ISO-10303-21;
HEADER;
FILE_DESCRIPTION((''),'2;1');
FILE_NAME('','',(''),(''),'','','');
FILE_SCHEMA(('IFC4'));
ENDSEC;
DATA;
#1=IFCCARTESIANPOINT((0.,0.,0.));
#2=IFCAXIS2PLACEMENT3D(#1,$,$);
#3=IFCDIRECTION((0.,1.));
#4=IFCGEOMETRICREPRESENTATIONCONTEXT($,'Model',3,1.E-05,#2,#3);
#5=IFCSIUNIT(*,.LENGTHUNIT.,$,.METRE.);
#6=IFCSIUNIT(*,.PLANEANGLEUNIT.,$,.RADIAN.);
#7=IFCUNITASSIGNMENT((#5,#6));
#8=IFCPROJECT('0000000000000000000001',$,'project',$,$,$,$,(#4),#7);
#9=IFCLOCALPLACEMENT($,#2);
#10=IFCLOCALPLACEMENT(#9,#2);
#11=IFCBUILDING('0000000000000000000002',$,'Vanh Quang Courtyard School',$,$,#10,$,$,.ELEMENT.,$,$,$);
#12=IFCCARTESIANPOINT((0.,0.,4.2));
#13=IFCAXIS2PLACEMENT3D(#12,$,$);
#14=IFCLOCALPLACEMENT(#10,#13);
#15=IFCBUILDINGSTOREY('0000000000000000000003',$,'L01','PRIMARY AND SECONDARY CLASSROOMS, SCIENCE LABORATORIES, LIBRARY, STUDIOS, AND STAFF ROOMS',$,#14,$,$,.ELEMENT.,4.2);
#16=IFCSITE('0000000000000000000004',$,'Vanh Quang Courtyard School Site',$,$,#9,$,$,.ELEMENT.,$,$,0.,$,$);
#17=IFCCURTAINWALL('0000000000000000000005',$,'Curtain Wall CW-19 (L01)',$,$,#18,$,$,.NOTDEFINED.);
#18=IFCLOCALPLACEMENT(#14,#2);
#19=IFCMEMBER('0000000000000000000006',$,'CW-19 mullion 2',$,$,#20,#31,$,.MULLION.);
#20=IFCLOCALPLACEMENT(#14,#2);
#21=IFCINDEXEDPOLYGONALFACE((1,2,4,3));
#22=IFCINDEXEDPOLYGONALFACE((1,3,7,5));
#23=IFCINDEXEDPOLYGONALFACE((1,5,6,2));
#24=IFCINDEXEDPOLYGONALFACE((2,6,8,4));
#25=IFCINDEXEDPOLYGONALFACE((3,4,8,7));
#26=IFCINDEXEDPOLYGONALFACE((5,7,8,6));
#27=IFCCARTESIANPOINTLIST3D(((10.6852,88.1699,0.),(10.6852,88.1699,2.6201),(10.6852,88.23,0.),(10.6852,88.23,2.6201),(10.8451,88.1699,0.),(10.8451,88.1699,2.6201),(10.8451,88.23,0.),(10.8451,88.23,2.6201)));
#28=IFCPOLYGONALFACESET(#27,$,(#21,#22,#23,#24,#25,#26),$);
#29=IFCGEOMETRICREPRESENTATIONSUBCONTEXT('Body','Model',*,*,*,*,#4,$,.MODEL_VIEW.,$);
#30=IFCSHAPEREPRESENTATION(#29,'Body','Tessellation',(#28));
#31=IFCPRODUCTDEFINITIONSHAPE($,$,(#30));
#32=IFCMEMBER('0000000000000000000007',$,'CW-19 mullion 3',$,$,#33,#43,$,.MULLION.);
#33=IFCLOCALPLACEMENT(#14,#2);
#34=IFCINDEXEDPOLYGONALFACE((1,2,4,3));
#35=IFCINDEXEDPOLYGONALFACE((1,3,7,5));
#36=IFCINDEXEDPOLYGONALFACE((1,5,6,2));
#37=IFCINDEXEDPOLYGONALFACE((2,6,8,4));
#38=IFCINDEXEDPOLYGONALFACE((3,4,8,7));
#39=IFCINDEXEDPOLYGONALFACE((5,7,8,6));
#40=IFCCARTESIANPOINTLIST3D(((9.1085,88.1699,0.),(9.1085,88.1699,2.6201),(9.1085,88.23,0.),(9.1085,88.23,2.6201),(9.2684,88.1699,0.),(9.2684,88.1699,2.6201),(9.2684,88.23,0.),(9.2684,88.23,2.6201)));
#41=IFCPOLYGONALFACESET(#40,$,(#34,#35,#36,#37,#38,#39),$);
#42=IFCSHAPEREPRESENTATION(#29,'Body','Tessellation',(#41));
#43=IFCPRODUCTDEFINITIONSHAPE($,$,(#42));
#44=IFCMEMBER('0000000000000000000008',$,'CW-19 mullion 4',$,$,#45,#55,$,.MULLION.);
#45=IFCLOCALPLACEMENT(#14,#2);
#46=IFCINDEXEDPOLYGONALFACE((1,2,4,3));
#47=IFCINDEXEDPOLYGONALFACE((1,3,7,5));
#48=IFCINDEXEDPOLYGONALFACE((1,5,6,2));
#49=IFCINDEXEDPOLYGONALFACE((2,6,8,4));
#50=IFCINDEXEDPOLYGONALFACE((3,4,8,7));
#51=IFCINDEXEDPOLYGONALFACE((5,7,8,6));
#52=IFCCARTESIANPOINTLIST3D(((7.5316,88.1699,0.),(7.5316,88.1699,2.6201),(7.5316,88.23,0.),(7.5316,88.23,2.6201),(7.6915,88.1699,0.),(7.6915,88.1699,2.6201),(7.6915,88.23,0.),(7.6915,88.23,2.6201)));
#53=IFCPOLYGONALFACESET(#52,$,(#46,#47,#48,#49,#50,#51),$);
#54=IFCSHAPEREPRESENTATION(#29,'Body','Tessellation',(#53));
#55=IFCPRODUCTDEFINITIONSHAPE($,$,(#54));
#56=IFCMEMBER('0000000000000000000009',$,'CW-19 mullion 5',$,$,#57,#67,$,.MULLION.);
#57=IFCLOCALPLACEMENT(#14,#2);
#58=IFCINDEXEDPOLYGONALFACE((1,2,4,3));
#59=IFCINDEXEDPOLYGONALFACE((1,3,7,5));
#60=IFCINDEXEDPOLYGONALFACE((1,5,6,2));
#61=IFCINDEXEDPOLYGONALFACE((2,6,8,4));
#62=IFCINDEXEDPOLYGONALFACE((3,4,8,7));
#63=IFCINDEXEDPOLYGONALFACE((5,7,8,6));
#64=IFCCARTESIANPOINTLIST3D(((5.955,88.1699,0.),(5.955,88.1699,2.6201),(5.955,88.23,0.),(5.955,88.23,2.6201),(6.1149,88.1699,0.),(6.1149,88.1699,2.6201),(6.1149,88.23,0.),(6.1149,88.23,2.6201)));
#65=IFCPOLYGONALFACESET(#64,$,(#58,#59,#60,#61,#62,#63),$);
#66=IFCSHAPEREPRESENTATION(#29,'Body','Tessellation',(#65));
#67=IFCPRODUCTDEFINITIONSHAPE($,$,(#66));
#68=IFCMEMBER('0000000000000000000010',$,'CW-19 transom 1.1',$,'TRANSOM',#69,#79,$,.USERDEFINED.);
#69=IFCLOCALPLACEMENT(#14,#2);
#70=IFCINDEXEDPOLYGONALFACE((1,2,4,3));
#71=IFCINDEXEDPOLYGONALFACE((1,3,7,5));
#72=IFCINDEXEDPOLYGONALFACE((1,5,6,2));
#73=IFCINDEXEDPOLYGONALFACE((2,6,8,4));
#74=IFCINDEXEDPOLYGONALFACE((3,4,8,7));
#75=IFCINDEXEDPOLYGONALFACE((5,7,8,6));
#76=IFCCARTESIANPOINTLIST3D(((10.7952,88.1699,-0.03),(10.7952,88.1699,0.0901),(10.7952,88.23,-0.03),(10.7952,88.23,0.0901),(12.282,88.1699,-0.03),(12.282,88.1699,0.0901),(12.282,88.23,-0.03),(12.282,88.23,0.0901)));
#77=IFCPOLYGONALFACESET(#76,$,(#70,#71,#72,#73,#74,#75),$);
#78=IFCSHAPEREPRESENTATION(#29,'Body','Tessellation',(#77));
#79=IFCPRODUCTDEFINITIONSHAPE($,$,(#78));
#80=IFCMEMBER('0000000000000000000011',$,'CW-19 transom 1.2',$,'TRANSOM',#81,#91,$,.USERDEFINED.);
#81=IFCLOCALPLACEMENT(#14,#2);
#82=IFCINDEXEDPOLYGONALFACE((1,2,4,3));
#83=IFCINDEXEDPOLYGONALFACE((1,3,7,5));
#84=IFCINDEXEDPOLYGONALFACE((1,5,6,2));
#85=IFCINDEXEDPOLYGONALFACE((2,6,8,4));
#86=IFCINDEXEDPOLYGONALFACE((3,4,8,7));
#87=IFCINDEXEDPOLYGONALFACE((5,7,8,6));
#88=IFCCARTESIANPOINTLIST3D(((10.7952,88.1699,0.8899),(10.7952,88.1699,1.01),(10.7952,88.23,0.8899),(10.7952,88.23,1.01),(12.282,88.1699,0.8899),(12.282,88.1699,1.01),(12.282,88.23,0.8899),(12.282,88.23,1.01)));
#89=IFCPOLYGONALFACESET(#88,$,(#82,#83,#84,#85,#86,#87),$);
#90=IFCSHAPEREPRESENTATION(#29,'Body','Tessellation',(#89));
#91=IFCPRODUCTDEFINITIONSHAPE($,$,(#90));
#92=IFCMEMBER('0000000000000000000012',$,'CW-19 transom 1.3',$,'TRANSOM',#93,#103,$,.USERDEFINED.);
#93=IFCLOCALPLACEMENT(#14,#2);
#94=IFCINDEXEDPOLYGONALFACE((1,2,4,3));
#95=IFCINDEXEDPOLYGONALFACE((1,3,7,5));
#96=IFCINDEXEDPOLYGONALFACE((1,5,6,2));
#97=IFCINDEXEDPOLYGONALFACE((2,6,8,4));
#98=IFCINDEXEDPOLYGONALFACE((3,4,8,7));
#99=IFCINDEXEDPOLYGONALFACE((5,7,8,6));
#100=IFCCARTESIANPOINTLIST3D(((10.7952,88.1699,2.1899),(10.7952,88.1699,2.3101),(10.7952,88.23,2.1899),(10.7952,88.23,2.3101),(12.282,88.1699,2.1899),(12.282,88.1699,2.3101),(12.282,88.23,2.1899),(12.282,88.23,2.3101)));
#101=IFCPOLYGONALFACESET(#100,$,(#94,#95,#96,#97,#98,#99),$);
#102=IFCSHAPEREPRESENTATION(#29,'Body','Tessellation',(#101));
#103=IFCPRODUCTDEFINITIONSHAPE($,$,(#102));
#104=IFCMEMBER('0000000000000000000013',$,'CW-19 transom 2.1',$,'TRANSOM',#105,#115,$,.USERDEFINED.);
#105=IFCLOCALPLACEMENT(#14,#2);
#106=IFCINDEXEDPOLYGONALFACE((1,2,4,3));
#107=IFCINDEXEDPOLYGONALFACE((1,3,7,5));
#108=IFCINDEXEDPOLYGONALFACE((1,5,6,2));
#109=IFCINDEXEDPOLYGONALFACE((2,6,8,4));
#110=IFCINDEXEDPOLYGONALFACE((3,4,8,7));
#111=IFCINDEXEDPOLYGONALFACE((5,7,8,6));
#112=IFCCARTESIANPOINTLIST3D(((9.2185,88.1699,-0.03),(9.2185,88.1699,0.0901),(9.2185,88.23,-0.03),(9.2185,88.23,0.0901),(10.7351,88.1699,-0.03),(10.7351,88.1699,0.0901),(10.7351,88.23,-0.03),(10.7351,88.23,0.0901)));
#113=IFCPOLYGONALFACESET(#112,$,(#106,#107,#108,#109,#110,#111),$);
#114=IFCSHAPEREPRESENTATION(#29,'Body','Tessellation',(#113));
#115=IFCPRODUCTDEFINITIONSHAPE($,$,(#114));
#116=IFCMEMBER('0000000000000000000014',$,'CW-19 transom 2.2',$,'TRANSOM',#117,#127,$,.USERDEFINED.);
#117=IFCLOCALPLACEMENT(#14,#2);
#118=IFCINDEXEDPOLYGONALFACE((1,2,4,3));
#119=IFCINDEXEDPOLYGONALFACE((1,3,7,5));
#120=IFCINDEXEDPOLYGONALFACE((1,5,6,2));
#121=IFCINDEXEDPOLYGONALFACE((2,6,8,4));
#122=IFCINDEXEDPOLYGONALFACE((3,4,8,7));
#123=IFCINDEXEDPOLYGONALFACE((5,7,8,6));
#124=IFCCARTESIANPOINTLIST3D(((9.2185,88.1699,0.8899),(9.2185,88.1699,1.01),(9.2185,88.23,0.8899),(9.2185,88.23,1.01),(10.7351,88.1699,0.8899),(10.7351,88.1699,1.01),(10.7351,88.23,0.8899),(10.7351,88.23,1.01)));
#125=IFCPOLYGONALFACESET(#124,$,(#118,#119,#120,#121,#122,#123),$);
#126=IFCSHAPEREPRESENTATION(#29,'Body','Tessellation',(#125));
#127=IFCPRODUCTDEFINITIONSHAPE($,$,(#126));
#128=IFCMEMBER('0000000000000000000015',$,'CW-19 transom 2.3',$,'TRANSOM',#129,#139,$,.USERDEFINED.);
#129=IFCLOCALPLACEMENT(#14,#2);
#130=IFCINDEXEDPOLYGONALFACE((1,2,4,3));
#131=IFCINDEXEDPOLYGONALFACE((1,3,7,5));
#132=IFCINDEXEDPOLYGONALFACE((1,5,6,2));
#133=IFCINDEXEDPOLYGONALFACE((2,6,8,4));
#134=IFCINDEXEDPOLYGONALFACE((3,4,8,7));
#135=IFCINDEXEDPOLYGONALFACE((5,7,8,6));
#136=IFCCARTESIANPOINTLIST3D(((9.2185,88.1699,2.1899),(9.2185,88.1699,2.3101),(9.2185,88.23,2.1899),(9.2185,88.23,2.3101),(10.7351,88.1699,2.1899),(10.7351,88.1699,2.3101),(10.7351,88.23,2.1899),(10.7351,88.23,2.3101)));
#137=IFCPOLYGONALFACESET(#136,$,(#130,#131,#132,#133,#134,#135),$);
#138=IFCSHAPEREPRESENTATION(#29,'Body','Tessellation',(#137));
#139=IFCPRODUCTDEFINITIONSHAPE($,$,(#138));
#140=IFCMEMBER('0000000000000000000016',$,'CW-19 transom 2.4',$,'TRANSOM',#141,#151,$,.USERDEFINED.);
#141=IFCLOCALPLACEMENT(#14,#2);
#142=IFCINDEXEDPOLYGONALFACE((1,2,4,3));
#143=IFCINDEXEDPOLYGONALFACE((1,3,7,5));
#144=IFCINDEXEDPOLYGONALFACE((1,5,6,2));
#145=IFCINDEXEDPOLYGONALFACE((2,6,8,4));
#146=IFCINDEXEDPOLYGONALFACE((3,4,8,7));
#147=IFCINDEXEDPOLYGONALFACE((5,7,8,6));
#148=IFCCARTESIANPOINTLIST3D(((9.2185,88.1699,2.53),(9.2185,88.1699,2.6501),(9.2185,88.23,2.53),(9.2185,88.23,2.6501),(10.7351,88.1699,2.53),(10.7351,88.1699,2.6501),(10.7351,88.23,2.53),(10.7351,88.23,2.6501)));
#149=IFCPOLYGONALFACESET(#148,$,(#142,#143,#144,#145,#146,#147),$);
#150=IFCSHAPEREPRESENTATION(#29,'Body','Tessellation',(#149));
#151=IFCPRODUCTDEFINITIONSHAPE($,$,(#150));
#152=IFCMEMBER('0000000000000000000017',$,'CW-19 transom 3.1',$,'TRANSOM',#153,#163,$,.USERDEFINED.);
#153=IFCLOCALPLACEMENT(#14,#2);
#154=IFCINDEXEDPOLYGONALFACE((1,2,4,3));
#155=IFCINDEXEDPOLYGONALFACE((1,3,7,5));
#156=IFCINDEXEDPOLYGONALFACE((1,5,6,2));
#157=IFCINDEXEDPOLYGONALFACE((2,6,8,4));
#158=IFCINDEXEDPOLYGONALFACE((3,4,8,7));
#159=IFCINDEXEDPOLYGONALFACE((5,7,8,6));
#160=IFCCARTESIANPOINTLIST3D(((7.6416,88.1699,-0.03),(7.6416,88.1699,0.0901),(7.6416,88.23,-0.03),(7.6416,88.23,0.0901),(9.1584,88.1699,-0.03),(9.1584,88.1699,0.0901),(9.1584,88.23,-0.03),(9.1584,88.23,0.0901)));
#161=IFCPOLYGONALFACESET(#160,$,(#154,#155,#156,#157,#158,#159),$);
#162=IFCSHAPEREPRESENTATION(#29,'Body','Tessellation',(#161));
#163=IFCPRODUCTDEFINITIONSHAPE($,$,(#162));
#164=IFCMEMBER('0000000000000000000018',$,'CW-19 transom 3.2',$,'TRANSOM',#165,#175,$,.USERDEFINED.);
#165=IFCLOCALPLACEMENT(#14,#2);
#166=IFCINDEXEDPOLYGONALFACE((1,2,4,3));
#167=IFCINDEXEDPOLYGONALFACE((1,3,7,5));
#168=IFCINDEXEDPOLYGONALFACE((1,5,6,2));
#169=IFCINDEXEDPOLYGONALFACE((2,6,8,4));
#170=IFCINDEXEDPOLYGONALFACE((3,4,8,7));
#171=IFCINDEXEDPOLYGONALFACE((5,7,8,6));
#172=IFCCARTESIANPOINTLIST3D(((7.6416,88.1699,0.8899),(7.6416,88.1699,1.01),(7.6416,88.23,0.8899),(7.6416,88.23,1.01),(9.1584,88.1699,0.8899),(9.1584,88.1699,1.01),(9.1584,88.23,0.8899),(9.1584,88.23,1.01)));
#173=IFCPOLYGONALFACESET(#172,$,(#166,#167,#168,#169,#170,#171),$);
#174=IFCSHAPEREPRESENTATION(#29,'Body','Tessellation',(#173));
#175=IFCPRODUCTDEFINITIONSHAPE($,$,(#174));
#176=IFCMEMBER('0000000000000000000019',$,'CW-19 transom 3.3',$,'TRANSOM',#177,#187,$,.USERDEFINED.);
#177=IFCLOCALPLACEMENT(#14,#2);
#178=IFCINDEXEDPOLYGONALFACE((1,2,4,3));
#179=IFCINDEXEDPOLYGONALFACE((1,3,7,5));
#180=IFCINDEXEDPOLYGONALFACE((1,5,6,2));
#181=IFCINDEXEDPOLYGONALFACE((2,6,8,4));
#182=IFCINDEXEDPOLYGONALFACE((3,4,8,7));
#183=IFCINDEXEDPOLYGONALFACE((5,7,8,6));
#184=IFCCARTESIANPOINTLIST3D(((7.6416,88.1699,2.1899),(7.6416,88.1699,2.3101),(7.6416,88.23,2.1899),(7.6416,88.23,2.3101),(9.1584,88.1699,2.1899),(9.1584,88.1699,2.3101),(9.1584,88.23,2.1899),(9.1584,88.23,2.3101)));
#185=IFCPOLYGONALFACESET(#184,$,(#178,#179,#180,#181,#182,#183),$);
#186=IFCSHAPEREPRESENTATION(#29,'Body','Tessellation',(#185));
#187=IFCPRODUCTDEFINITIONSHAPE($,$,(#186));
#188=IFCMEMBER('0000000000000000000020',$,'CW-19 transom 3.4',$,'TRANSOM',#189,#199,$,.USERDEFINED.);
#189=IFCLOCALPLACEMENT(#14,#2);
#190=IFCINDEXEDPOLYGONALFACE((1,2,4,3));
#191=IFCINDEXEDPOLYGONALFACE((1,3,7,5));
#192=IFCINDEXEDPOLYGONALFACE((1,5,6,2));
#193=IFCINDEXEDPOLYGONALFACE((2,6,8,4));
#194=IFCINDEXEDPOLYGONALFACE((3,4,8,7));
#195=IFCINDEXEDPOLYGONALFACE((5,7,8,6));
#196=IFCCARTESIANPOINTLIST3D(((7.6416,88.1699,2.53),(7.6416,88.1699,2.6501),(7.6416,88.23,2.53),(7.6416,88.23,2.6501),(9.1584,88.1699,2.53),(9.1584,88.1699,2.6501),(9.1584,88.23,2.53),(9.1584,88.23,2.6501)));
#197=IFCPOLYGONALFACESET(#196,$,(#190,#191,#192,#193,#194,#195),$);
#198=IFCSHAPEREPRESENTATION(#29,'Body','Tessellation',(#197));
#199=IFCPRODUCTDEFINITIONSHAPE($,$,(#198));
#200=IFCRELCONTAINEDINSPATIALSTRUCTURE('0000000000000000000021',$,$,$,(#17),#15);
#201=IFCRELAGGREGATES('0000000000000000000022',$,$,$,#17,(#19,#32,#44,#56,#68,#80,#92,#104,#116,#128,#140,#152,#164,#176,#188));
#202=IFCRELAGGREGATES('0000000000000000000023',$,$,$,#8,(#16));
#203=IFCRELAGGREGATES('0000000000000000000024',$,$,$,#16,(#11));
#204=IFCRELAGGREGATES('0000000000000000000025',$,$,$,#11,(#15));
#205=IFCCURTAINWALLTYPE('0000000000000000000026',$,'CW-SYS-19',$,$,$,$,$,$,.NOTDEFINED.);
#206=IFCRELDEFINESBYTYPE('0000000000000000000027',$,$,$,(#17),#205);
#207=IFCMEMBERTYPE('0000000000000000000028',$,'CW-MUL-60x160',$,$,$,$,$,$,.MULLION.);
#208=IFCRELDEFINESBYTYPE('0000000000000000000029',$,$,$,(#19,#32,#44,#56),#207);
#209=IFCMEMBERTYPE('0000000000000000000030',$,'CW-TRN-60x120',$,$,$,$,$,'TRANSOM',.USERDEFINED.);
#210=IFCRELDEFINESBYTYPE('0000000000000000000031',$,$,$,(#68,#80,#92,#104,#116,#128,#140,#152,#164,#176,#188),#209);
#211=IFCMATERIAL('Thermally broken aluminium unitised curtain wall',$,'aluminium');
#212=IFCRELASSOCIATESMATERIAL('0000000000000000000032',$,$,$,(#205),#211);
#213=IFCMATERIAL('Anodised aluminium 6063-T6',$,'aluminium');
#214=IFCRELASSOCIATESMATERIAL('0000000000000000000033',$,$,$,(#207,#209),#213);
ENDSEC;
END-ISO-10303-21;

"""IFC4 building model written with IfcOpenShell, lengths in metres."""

from ifc_helpers import new_model, si_unit, direction, frame, origin, origin_2d, place, context, subcontext, project, spatial, rectangle, extrude, material, material_profile, profile_set, type_object, element, aggregate, save


model = new_model("IFC4")

# Units and contexts
model_context = context("Model", 3, precision=1e-05, world=origin(), true_north=direction((0.0, 1.0)))
body_context = subcontext(model_context, "Body", "Model", "MODEL_VIEW")
ifc_project = project(units=[si_unit("LENGTHUNIT", "METRE"), si_unit("PLANEANGLEUNIT", "RADIAN")], contexts=[model_context])

# Site, building, storey
site_placement = place(None, origin())
site = spatial("IfcSite", under=ifc_project, at=site_placement, Name="Vanh Quang Courtyard School Site", CompositionType="ELEMENT", RefElevation=0.0)
building_placement = place(site_placement, origin())
building = spatial("IfcBuilding", under=site, at=building_placement, Name="Vanh Quang Courtyard School", CompositionType="ELEMENT")
storey_placement = place(building_placement, frame((0.0, 0.0, 4.2)))
storey = spatial("IfcBuildingStorey", under=building, at=storey_placement, Name="L01", Description="PRIMARY AND SECONDARY CLASSROOMS, SCIENCE LABORATORIES, LIBRARY, STUDIOS, AND STAFF ROOMS", CompositionType="ELEMENT", Elevation=4.2)

# Curtain wall, members
ifc_material_1 = material(Name="Thermally broken aluminium unitised curtain wall", Category="aluminium")
curtain_wall_type = type_object("IfcCurtainWallType", Name="CW-SYS-19", PredefinedType="NOTDEFINED", material=ifc_material_1)
curtain_wall_placement = place(storey_placement, origin())
curtain_wall = element("IfcCurtainWall", 1, at=curtain_wall_placement, inside=storey, type_object=curtain_wall_type, Name="Curtain Wall CW-19 (L01)", PredefinedType="NOTDEFINED")
ifc_material_2 = material(Name="Anodised aluminium 6063-T6", Category="aluminium")
ifc_material_profile_1 = material_profile(ifc_material_2, rectangle(XDim=0.0601, YDim=0.1599, at=origin_2d()), Name="ALU-MUL 60x160")
ifc_profile_set_1 = profile_set([ifc_material_profile_1], Name="Anodised aluminium 6063-T6")
member_type_1 = type_object("IfcMemberType", Name="CW-MUL-60x160", PredefinedType="MULLION", material=ifc_profile_set_1)
member_1_placement = place(storey_placement, frame((10.7651, 88.2, 0.0), z_axis=(0.0, 0.0, 1.0), x_axis=(0.0, -1.0, 0.0)))
member_1 = element("IfcMember", 2, at=member_1_placement, type_object=member_type_1, Name="CW-19 mullion 2", PredefinedType="MULLION", context=body_context, shape_type="SweptSolid", body=[
    extrude(rectangle(XDim=0.0601, YDim=0.1599, at=origin_2d()), origin(), (0.0, 0.0, 1.0), 2.6201),
])
member_2_placement = place(storey_placement, frame((9.1885, 88.2, 0.0), z_axis=(0.0, 0.0, 1.0), x_axis=(0.0, -1.0, 0.0)))
member_2 = element("IfcMember", 3, at=member_2_placement, type_object=member_type_1, Name="CW-19 mullion 3", PredefinedType="MULLION", context=body_context, shape_type="SweptSolid", body=[
    extrude(rectangle(XDim=0.0601, YDim=0.1599, at=origin_2d()), origin(), (0.0, 0.0, 1.0), 2.6201),
])
member_3_placement = place(storey_placement, frame((7.6116, 88.2, 0.0), z_axis=(0.0, 0.0, 1.0), x_axis=(0.0, -1.0, 0.0)))
member_3 = element("IfcMember", 4, at=member_3_placement, type_object=member_type_1, Name="CW-19 mullion 4", PredefinedType="MULLION", context=body_context, shape_type="SweptSolid", body=[
    extrude(rectangle(XDim=0.0601, YDim=0.1599, at=origin_2d()), origin(), (0.0, 0.0, 1.0), 2.6201),
])
member_4_placement = place(storey_placement, frame((6.0349, 88.2, 0.0), z_axis=(0.0, 0.0, 1.0), x_axis=(0.0, -1.0, 0.0)))
member_4 = element("IfcMember", 5, at=member_4_placement, type_object=member_type_1, Name="CW-19 mullion 5", PredefinedType="MULLION", context=body_context, shape_type="SweptSolid", body=[
    extrude(rectangle(XDim=0.0601, YDim=0.1599, at=origin_2d()), origin(), (0.0, 0.0, 1.0), 2.6201),
])
ifc_material_profile_2 = material_profile(ifc_material_2, rectangle(XDim=0.0601, YDim=0.1201, at=origin_2d()), Name="ALU-TRN 60x120")
ifc_profile_set_2 = profile_set([ifc_material_profile_2], Name="Anodised aluminium 6063-T6")
member_type_2 = type_object("IfcMemberType", Name="CW-TRN-60x120", ElementType="TRANSOM", PredefinedType="USERDEFINED", material=ifc_profile_set_2)
member_5_placement = place(storey_placement, frame((12.282, 88.2, 0.03), z_axis=(-1.0, 0.0, 0.0), x_axis=(0.0, -1.0, 0.0)))
member_5 = element("IfcMember", 6, at=member_5_placement, type_object=member_type_2, Name="CW-19 transom 1.1", ObjectType="TRANSOM", PredefinedType="USERDEFINED", context=body_context, shape_type="SweptSolid", body=[
    extrude(rectangle(XDim=0.0601, YDim=0.1201, at=origin_2d()), origin(), (0.0, 0.0, 1.0), 1.4868),
])
member_6_placement = place(storey_placement, frame((12.282, 88.2, 0.95), z_axis=(-1.0, 0.0, 0.0), x_axis=(0.0, -1.0, 0.0)))
member_6 = element("IfcMember", 7, at=member_6_placement, type_object=member_type_2, Name="CW-19 transom 1.2", ObjectType="TRANSOM", PredefinedType="USERDEFINED", context=body_context, shape_type="SweptSolid", body=[
    extrude(rectangle(XDim=0.0601, YDim=0.1201, at=origin_2d()), origin(), (0.0, 0.0, 1.0), 1.4868),
])
member_7_placement = place(storey_placement, frame((12.282, 88.2, 2.25), z_axis=(-1.0, 0.0, 0.0), x_axis=(0.0, -1.0, 0.0)))
member_7 = element("IfcMember", 8, at=member_7_placement, type_object=member_type_2, Name="CW-19 transom 1.3", ObjectType="TRANSOM", PredefinedType="USERDEFINED", context=body_context, shape_type="SweptSolid", body=[
    extrude(rectangle(XDim=0.0601, YDim=0.1201, at=origin_2d()), origin(), (0.0, 0.0, 1.0), 1.4868),
])
member_8_placement = place(storey_placement, frame((10.7351, 88.2, 0.03), z_axis=(-1.0, 0.0, 0.0), x_axis=(0.0, -1.0, 0.0)))
member_8 = element("IfcMember", 9, at=member_8_placement, type_object=member_type_2, Name="CW-19 transom 2.1", ObjectType="TRANSOM", PredefinedType="USERDEFINED", context=body_context, shape_type="SweptSolid", body=[
    extrude(rectangle(XDim=0.0601, YDim=0.1201, at=origin_2d()), origin(), (0.0, 0.0, 1.0), 1.5166),
])
member_9_placement = place(storey_placement, frame((10.7351, 88.2, 0.95), z_axis=(-1.0, 0.0, 0.0), x_axis=(0.0, -1.0, 0.0)))
member_9 = element("IfcMember", 10, at=member_9_placement, type_object=member_type_2, Name="CW-19 transom 2.2", ObjectType="TRANSOM", PredefinedType="USERDEFINED", context=body_context, shape_type="SweptSolid", body=[
    extrude(rectangle(XDim=0.0601, YDim=0.1201, at=origin_2d()), origin(), (0.0, 0.0, 1.0), 1.5166),
])
member_10_placement = place(storey_placement, frame((10.7351, 88.2, 2.25), z_axis=(-1.0, 0.0, 0.0), x_axis=(0.0, -1.0, 0.0)))
member_10 = element("IfcMember", 11, at=member_10_placement, type_object=member_type_2, Name="CW-19 transom 2.3", ObjectType="TRANSOM", PredefinedType="USERDEFINED", context=body_context, shape_type="SweptSolid", body=[
    extrude(rectangle(XDim=0.0601, YDim=0.1201, at=origin_2d()), origin(), (0.0, 0.0, 1.0), 1.5166),
])
member_11_placement = place(storey_placement, frame((10.7351, 88.2, 2.5901), z_axis=(-1.0, 0.0, 0.0), x_axis=(0.0, -1.0, 0.0)))
member_11 = element("IfcMember", 12, at=member_11_placement, type_object=member_type_2, Name="CW-19 transom 2.4", ObjectType="TRANSOM", PredefinedType="USERDEFINED", context=body_context, shape_type="SweptSolid", body=[
    extrude(rectangle(XDim=0.0601, YDim=0.1201, at=origin_2d()), origin(), (0.0, 0.0, 1.0), 1.5166),
])
member_12_placement = place(storey_placement, frame((9.1584, 88.2, 0.03), z_axis=(-1.0, 0.0, 0.0), x_axis=(0.0, -1.0, 0.0)))
member_12 = element("IfcMember", 13, at=member_12_placement, type_object=member_type_2, Name="CW-19 transom 3.1", ObjectType="TRANSOM", PredefinedType="USERDEFINED", context=body_context, shape_type="SweptSolid", body=[
    extrude(rectangle(XDim=0.0601, YDim=0.1201, at=origin_2d()), origin(), (0.0, 0.0, 1.0), 1.5168),
])
member_13_placement = place(storey_placement, frame((9.1584, 88.2, 0.95), z_axis=(-1.0, 0.0, 0.0), x_axis=(0.0, -1.0, 0.0)))
member_13 = element("IfcMember", 14, at=member_13_placement, type_object=member_type_2, Name="CW-19 transom 3.2", ObjectType="TRANSOM", PredefinedType="USERDEFINED", context=body_context, shape_type="SweptSolid", body=[
    extrude(rectangle(XDim=0.0601, YDim=0.1201, at=origin_2d()), origin(), (0.0, 0.0, 1.0), 1.5168),
])
member_14_placement = place(storey_placement, frame((9.1584, 88.2, 2.25), z_axis=(-1.0, 0.0, 0.0), x_axis=(0.0, -1.0, 0.0)))
member_14 = element("IfcMember", 15, at=member_14_placement, type_object=member_type_2, Name="CW-19 transom 3.3", ObjectType="TRANSOM", PredefinedType="USERDEFINED", context=body_context, shape_type="SweptSolid", body=[
    extrude(rectangle(XDim=0.0601, YDim=0.1201, at=origin_2d()), origin(), (0.0, 0.0, 1.0), 1.5168),
])
member_15_placement = place(storey_placement, frame((9.1584, 88.2, 2.5901), z_axis=(-1.0, 0.0, 0.0), x_axis=(0.0, -1.0, 0.0)))
member_15 = element("IfcMember", 16, at=member_15_placement, type_object=member_type_2, Name="CW-19 transom 3.4", ObjectType="TRANSOM", PredefinedType="USERDEFINED", context=body_context, shape_type="SweptSolid", body=[
    extrude(rectangle(XDim=0.0601, YDim=0.1201, at=origin_2d()), origin(), (0.0, 0.0, 1.0), 1.5168),
])
aggregate(curtain_wall, [member_1, member_2, member_3, member_4, member_5, member_6, member_7, member_8, member_9, member_10, member_11, member_12, member_13, member_14, member_15])

save(model, "model.ifc")
